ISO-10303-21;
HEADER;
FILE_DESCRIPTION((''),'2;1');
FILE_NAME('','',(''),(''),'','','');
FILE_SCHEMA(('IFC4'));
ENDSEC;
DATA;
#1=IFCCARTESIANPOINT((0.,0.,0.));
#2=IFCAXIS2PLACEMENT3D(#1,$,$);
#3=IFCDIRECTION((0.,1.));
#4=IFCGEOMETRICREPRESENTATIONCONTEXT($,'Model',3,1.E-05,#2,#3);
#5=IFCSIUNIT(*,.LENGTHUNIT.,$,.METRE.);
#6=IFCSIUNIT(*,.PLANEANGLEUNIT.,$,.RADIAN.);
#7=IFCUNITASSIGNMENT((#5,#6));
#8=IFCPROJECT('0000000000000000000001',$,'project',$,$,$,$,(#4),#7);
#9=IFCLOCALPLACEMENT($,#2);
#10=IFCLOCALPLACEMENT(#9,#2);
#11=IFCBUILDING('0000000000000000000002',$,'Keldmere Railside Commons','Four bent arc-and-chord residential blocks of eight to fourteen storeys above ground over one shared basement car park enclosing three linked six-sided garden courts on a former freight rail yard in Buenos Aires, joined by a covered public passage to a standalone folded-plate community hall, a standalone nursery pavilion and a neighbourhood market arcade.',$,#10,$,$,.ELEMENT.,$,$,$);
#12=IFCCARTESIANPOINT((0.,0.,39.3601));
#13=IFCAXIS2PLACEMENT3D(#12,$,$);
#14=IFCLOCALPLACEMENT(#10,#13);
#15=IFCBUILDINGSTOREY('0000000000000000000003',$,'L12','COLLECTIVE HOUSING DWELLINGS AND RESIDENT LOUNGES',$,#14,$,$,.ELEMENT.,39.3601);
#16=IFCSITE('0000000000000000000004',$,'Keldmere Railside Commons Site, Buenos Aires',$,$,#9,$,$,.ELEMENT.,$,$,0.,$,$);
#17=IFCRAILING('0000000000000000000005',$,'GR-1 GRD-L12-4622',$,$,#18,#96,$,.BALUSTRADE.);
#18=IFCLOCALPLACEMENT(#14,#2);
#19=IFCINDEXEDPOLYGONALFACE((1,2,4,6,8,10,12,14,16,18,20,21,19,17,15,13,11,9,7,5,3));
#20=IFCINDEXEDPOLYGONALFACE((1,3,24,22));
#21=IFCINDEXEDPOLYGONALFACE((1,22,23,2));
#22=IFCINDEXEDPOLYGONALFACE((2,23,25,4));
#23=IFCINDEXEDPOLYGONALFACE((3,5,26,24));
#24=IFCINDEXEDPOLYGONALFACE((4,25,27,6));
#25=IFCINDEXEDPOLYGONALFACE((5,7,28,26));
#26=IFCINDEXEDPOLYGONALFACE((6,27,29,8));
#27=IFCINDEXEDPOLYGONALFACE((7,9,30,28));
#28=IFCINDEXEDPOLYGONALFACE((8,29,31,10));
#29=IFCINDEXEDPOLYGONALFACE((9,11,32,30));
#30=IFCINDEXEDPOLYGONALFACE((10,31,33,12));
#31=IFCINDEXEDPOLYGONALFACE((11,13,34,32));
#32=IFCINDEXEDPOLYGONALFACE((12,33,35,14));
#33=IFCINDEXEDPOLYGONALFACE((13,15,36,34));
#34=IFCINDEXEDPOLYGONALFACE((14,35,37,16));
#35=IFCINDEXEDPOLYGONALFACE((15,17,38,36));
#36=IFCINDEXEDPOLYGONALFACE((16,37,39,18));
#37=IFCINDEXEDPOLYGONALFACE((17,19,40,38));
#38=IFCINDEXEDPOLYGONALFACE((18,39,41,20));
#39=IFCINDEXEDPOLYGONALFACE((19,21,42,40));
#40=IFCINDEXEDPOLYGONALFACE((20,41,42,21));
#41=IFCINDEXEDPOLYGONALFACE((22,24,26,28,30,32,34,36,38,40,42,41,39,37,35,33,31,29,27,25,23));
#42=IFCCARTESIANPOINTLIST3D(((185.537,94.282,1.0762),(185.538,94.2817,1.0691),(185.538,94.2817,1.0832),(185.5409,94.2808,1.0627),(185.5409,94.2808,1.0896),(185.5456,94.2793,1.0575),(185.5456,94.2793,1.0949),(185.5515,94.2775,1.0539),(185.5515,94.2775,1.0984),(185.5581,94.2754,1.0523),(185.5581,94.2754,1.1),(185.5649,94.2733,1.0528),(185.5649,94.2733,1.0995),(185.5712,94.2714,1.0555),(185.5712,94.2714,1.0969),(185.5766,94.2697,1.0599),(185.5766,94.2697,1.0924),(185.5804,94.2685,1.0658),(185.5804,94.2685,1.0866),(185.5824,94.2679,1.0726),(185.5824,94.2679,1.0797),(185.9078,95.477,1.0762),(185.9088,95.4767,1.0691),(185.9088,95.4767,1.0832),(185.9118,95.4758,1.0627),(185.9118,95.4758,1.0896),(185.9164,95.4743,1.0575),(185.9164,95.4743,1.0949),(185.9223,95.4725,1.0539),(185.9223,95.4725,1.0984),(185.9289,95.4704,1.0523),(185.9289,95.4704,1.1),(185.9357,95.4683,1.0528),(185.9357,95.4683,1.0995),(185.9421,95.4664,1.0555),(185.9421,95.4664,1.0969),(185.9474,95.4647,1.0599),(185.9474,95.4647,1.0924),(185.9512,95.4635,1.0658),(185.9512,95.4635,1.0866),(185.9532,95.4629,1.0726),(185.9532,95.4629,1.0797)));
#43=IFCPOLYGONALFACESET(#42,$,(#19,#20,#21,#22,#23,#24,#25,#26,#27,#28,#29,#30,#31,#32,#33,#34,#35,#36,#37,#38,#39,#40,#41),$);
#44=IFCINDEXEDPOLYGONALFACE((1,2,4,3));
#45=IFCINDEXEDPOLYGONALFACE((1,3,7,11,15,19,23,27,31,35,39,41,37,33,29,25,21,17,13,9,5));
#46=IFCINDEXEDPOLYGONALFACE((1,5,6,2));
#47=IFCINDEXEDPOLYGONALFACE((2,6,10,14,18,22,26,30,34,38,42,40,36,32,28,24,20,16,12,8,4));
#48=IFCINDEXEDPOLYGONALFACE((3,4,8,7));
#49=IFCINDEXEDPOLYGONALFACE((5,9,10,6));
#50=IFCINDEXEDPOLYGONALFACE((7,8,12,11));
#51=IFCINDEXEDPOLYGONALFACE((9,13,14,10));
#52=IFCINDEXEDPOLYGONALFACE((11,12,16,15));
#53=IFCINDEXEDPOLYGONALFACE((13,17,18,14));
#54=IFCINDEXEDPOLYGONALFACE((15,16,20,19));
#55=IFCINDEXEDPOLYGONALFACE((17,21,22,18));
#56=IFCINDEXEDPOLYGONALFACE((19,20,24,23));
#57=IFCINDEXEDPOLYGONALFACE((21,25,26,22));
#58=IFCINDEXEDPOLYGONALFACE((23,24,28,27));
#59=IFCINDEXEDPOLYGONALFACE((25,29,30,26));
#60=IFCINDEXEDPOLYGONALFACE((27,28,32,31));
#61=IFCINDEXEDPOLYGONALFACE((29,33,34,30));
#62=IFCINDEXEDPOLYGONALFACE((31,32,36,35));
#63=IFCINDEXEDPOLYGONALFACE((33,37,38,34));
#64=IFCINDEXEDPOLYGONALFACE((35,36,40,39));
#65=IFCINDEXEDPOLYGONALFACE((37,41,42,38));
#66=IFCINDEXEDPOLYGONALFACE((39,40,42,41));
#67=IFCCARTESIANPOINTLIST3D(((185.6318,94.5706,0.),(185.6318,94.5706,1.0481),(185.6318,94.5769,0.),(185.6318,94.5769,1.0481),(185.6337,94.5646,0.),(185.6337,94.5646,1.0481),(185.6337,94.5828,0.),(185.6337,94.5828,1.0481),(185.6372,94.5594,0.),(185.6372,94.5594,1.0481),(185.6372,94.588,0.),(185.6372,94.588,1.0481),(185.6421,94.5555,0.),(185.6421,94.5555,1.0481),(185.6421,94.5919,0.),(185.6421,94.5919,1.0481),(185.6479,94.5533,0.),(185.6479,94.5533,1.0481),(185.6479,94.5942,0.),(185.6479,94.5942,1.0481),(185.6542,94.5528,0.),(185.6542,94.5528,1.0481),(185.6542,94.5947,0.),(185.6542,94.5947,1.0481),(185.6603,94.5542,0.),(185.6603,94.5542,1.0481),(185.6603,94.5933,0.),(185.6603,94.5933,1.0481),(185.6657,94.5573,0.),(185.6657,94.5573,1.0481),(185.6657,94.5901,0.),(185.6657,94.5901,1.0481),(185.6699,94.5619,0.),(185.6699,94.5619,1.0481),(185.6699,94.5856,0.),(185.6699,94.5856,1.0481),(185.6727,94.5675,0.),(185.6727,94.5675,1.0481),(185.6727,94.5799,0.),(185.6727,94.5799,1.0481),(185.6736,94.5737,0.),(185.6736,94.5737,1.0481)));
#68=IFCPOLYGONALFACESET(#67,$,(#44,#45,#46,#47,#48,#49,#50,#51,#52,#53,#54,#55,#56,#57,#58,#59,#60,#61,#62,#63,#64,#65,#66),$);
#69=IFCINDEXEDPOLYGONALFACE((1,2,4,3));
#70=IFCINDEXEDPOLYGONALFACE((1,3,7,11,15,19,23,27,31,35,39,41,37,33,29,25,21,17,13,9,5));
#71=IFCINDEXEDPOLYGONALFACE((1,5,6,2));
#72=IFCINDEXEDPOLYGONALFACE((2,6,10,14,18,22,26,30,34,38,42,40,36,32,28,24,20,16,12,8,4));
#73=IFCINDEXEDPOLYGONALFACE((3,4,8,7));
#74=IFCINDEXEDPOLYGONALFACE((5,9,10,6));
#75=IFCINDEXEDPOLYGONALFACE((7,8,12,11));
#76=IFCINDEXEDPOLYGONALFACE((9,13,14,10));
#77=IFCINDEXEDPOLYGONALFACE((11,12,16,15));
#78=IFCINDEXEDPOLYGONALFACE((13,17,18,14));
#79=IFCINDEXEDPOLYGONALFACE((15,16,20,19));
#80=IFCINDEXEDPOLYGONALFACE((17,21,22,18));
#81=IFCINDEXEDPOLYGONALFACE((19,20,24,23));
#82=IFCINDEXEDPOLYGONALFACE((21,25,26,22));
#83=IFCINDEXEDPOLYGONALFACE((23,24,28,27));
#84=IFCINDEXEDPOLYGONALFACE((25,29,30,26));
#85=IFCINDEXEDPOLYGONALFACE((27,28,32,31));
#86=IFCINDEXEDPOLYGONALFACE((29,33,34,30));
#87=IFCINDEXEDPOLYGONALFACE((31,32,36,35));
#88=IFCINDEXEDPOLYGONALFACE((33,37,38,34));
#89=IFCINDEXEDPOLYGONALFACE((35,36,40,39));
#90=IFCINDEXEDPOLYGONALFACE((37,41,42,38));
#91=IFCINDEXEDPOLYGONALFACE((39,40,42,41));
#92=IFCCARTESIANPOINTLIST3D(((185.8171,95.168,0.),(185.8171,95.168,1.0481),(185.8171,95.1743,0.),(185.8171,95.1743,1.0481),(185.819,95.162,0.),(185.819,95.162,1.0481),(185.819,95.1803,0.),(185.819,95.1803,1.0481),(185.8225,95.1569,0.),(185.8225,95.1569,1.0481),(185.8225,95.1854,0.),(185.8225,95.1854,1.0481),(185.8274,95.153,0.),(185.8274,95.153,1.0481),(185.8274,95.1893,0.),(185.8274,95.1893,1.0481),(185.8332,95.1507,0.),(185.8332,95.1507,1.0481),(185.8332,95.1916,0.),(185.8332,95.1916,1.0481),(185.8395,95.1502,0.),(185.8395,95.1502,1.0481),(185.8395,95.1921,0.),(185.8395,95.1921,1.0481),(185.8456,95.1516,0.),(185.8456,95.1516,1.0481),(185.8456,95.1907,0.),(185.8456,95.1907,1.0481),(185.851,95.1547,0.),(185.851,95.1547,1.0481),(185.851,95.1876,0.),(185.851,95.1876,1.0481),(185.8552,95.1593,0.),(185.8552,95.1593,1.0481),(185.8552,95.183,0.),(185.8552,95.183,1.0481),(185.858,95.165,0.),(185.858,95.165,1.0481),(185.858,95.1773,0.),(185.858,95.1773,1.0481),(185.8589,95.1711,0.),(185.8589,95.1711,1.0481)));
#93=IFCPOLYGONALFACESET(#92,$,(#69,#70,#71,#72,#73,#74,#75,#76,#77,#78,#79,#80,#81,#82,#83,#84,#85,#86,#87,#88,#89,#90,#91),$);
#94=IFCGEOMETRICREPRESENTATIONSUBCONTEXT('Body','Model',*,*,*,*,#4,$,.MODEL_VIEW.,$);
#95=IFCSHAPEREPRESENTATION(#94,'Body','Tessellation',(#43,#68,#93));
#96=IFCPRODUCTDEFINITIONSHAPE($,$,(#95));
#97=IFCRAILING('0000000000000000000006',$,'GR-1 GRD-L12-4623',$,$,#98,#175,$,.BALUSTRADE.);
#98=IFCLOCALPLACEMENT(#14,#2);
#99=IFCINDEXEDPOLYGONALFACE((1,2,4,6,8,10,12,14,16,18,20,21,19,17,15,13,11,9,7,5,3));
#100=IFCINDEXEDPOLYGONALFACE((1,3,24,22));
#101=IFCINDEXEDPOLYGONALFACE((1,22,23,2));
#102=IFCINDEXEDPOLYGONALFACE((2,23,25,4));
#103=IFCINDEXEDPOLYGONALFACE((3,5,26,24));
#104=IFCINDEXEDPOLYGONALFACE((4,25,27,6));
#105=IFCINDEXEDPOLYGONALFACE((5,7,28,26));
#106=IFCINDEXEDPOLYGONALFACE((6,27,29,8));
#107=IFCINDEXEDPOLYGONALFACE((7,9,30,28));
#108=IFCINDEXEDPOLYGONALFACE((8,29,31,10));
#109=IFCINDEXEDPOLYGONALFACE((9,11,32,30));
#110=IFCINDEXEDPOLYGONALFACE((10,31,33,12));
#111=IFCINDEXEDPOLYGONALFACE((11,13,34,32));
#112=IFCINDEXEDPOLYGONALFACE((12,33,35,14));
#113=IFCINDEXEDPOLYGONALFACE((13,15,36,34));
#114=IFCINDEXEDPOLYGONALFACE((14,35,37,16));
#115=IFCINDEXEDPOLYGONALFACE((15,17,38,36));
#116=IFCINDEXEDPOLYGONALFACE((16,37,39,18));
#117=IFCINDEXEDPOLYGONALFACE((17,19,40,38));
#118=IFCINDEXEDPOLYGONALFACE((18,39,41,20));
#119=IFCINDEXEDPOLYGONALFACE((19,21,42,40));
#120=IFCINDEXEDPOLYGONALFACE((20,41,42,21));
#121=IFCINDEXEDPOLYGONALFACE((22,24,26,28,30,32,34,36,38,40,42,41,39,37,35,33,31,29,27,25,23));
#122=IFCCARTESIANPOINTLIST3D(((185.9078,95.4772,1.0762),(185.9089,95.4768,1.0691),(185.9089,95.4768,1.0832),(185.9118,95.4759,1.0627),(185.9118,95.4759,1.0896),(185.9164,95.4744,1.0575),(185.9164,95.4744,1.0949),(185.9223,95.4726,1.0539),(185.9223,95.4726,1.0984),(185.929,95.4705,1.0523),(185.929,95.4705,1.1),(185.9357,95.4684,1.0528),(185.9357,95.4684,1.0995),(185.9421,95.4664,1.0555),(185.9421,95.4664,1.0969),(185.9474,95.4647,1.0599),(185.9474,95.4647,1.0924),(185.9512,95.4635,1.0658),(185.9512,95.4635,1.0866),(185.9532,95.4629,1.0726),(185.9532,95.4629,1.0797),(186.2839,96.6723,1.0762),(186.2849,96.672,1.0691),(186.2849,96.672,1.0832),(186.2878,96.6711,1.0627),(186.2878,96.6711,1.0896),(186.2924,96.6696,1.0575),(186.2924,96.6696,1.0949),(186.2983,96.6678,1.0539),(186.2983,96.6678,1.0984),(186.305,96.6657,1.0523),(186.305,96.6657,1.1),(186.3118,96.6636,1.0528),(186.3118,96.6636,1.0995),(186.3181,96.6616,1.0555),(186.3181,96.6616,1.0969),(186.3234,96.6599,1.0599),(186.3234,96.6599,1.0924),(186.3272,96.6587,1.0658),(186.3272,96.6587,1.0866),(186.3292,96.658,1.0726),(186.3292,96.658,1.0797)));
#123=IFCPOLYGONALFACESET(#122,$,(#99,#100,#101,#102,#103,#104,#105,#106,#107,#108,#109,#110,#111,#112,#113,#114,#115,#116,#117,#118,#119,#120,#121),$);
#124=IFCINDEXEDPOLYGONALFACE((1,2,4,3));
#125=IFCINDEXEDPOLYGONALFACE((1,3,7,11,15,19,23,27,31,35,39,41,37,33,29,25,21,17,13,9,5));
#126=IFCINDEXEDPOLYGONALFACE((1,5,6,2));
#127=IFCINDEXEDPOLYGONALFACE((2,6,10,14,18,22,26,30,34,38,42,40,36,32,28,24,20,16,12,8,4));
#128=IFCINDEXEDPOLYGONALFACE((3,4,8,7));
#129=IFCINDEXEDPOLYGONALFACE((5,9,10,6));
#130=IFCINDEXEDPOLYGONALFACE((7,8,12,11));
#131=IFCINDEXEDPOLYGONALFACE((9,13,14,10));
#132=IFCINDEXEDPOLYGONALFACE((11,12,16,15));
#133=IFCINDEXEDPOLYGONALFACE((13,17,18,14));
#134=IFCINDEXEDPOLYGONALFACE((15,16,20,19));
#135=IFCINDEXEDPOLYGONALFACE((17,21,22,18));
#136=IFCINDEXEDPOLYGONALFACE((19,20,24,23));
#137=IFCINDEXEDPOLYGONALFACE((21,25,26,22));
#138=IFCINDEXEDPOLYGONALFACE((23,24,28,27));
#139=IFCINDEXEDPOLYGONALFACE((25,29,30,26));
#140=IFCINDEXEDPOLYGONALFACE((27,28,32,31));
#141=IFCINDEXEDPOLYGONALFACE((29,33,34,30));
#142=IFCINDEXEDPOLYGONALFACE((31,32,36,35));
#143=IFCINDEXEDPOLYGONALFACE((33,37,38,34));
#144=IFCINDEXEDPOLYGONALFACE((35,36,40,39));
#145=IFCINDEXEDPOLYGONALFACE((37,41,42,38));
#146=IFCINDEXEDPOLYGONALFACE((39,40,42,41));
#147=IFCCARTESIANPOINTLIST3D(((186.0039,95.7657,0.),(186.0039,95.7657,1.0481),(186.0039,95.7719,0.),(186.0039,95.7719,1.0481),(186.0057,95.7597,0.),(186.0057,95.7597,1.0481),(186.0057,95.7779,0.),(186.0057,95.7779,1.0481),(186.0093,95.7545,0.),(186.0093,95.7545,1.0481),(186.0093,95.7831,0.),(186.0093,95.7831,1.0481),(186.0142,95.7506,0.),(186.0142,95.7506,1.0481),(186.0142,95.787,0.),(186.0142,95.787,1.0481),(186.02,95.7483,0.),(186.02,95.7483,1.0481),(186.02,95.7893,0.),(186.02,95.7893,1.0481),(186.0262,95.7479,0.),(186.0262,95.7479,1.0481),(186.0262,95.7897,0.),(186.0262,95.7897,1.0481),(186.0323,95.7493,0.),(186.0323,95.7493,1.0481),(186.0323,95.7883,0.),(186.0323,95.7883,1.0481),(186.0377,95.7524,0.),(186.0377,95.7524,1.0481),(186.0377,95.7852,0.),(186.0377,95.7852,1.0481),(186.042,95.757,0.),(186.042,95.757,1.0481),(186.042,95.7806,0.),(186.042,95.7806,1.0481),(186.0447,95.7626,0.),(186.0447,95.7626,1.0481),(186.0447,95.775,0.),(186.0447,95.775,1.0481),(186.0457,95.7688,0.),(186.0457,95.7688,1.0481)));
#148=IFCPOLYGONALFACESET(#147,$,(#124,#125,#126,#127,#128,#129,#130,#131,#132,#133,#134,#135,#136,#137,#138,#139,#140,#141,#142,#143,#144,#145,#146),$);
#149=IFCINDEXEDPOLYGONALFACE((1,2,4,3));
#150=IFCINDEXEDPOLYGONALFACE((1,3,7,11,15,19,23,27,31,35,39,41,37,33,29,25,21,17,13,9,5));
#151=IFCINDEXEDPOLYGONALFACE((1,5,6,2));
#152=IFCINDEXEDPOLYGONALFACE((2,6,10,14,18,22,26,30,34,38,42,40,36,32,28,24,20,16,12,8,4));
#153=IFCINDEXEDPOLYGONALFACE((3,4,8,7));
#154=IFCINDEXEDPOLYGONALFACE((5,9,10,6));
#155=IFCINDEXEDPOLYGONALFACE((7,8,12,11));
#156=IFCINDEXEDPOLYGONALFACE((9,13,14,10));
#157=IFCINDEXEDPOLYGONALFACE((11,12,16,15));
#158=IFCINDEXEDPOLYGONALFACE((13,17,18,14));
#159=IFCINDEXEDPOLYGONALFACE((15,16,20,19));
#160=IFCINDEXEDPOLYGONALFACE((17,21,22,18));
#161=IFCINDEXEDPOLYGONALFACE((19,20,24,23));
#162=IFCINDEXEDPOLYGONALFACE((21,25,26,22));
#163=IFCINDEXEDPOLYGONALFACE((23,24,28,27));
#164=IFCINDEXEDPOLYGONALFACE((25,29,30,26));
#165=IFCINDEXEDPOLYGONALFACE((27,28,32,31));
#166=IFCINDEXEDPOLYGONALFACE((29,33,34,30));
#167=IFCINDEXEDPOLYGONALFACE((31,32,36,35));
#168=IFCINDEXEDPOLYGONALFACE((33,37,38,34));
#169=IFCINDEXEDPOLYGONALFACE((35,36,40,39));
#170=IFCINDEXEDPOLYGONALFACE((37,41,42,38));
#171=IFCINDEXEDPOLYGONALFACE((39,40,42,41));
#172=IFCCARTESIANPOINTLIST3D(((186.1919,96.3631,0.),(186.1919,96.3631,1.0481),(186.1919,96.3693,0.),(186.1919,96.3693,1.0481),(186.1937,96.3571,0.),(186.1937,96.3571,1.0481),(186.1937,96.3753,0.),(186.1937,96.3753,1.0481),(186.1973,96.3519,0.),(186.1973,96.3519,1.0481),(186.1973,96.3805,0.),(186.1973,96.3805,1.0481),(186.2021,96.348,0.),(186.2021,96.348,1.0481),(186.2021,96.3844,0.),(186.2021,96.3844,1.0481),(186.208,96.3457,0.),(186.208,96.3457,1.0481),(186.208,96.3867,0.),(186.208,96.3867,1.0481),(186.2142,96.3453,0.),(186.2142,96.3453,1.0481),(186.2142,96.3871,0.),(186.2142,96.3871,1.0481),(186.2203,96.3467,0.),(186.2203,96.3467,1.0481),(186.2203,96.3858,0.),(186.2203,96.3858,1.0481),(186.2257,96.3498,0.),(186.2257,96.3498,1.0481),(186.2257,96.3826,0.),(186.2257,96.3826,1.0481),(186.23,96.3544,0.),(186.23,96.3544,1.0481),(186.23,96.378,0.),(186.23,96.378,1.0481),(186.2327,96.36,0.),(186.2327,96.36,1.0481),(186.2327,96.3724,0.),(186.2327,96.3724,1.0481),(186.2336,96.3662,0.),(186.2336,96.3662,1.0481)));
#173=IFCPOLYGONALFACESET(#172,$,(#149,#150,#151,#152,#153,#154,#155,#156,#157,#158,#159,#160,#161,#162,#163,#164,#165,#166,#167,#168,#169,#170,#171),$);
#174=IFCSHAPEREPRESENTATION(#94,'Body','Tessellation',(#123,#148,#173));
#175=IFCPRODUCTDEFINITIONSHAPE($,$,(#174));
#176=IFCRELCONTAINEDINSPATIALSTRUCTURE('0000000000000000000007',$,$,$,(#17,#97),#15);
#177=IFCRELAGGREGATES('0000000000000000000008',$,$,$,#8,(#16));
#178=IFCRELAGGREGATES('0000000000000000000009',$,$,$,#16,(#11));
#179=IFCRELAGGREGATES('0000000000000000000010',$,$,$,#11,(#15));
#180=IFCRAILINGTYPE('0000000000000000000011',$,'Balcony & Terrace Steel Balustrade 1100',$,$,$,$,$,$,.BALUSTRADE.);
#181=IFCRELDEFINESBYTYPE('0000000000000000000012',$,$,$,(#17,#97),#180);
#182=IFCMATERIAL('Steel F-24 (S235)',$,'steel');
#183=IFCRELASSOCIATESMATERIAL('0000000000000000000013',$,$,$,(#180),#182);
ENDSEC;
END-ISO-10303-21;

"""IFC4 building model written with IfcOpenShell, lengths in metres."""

from ifc_helpers import new_model, si_unit, direction, frame, origin, origin_2d, place, context, subcontext, project, spatial, circle, extrude, material, type_object, element, save


model = new_model("IFC4")

# Units and contexts
model_context = context("Model", 3, precision=1e-05, world=origin(), true_north=direction((0.0, 1.0)))
body_context = subcontext(model_context, "Body", "Model", "MODEL_VIEW")
ifc_project = project(units=[si_unit("LENGTHUNIT", "METRE"), si_unit("PLANEANGLEUNIT", "RADIAN")], contexts=[model_context])

# Site, building, storey
site_placement = place(None, origin())
site = spatial("IfcSite", under=ifc_project, at=site_placement, Name="Keldmere Railside Commons Site, Buenos Aires", CompositionType="ELEMENT", RefElevation=0.0)
building_placement = place(site_placement, origin())
building = spatial("IfcBuilding", under=site, at=building_placement, Name="Keldmere Railside Commons", Description="Four bent arc-and-chord residential blocks of eight to fourteen storeys above ground over one shared basement car park enclosing three linked six-sided garden courts on a former freight rail yard in Buenos Aires, joined by a covered public passage to a standalone folded-plate community hall, a standalone nursery pavilion and a neighbourhood market arcade.", CompositionType="ELEMENT")
storey_placement = place(building_placement, frame((0.0, 0.0, 39.3601)))
storey = spatial("IfcBuildingStorey", under=building, at=storey_placement, Name="L12", Description="COLLECTIVE HOUSING DWELLINGS AND RESIDENT LOUNGES", CompositionType="ELEMENT", Elevation=39.3601)

# Railings
ifc_material_1 = material(Name="Steel F-24 (S235)", Category="steel")
railing_type = type_object("IfcRailingType", Name="Balcony & Terrace Steel Balustrade 1100", PredefinedType="BALUSTRADE", material=ifc_material_1)
railing_1_placement = place(storey_placement, frame((185.5598, 94.2749, 0.0)))
element("IfcRailing", 1, at=railing_1_placement, inside=storey, type_object=railing_type, Name="GR-1 GRD-L12-4622", PredefinedType="BALUSTRADE", context=body_context, shape_type="SweptSolid", body=[
    extrude(circle(Radius=0.0239, at=origin_2d()), frame((0.0, 0.0, 1.0762), z_axis=(0.296375, 0.955072, 0.0), x_axis=(-0.955072, 0.296375, 0.0)), (0.0, 0.0, 1.0), 1.2512),
    extrude(circle(Radius=0.021, at=origin_2d()), frame((0.0928, 0.2988, 0.0)), (0.0, 0.0, 1.0), 1.0481),
    extrude(circle(Radius=0.021, at=origin_2d()), frame((0.2781, 0.8962, 0.0)), (0.0, 0.0, 1.0), 1.0481),
])
railing_2_placement = place(storey_placement, frame((185.9307, 95.47, 0.0)))
element("IfcRailing", 2, at=railing_2_placement, inside=storey, type_object=railing_type, Name="GR-1 GRD-L12-4623", PredefinedType="BALUSTRADE", context=body_context, shape_type="SweptSolid", body=[
    extrude(circle(Radius=0.0239, at=origin_2d()), frame((0.0, 0.0, 1.0762), z_axis=(0.300105, 0.953906, 0.0), x_axis=(-0.953906, 0.300105, 0.0)), (0.0, 0.0, 1.0), 1.2529),
    extrude(circle(Radius=0.021, at=origin_2d()), frame((0.094, 0.2988, 0.0)), (0.0, 0.0, 1.0), 1.0481),
    extrude(circle(Radius=0.021, at=origin_2d()), frame((0.282, 0.8962, 0.0)), (0.0, 0.0, 1.0), 1.0481),
])

save(model, "model.ifc")
